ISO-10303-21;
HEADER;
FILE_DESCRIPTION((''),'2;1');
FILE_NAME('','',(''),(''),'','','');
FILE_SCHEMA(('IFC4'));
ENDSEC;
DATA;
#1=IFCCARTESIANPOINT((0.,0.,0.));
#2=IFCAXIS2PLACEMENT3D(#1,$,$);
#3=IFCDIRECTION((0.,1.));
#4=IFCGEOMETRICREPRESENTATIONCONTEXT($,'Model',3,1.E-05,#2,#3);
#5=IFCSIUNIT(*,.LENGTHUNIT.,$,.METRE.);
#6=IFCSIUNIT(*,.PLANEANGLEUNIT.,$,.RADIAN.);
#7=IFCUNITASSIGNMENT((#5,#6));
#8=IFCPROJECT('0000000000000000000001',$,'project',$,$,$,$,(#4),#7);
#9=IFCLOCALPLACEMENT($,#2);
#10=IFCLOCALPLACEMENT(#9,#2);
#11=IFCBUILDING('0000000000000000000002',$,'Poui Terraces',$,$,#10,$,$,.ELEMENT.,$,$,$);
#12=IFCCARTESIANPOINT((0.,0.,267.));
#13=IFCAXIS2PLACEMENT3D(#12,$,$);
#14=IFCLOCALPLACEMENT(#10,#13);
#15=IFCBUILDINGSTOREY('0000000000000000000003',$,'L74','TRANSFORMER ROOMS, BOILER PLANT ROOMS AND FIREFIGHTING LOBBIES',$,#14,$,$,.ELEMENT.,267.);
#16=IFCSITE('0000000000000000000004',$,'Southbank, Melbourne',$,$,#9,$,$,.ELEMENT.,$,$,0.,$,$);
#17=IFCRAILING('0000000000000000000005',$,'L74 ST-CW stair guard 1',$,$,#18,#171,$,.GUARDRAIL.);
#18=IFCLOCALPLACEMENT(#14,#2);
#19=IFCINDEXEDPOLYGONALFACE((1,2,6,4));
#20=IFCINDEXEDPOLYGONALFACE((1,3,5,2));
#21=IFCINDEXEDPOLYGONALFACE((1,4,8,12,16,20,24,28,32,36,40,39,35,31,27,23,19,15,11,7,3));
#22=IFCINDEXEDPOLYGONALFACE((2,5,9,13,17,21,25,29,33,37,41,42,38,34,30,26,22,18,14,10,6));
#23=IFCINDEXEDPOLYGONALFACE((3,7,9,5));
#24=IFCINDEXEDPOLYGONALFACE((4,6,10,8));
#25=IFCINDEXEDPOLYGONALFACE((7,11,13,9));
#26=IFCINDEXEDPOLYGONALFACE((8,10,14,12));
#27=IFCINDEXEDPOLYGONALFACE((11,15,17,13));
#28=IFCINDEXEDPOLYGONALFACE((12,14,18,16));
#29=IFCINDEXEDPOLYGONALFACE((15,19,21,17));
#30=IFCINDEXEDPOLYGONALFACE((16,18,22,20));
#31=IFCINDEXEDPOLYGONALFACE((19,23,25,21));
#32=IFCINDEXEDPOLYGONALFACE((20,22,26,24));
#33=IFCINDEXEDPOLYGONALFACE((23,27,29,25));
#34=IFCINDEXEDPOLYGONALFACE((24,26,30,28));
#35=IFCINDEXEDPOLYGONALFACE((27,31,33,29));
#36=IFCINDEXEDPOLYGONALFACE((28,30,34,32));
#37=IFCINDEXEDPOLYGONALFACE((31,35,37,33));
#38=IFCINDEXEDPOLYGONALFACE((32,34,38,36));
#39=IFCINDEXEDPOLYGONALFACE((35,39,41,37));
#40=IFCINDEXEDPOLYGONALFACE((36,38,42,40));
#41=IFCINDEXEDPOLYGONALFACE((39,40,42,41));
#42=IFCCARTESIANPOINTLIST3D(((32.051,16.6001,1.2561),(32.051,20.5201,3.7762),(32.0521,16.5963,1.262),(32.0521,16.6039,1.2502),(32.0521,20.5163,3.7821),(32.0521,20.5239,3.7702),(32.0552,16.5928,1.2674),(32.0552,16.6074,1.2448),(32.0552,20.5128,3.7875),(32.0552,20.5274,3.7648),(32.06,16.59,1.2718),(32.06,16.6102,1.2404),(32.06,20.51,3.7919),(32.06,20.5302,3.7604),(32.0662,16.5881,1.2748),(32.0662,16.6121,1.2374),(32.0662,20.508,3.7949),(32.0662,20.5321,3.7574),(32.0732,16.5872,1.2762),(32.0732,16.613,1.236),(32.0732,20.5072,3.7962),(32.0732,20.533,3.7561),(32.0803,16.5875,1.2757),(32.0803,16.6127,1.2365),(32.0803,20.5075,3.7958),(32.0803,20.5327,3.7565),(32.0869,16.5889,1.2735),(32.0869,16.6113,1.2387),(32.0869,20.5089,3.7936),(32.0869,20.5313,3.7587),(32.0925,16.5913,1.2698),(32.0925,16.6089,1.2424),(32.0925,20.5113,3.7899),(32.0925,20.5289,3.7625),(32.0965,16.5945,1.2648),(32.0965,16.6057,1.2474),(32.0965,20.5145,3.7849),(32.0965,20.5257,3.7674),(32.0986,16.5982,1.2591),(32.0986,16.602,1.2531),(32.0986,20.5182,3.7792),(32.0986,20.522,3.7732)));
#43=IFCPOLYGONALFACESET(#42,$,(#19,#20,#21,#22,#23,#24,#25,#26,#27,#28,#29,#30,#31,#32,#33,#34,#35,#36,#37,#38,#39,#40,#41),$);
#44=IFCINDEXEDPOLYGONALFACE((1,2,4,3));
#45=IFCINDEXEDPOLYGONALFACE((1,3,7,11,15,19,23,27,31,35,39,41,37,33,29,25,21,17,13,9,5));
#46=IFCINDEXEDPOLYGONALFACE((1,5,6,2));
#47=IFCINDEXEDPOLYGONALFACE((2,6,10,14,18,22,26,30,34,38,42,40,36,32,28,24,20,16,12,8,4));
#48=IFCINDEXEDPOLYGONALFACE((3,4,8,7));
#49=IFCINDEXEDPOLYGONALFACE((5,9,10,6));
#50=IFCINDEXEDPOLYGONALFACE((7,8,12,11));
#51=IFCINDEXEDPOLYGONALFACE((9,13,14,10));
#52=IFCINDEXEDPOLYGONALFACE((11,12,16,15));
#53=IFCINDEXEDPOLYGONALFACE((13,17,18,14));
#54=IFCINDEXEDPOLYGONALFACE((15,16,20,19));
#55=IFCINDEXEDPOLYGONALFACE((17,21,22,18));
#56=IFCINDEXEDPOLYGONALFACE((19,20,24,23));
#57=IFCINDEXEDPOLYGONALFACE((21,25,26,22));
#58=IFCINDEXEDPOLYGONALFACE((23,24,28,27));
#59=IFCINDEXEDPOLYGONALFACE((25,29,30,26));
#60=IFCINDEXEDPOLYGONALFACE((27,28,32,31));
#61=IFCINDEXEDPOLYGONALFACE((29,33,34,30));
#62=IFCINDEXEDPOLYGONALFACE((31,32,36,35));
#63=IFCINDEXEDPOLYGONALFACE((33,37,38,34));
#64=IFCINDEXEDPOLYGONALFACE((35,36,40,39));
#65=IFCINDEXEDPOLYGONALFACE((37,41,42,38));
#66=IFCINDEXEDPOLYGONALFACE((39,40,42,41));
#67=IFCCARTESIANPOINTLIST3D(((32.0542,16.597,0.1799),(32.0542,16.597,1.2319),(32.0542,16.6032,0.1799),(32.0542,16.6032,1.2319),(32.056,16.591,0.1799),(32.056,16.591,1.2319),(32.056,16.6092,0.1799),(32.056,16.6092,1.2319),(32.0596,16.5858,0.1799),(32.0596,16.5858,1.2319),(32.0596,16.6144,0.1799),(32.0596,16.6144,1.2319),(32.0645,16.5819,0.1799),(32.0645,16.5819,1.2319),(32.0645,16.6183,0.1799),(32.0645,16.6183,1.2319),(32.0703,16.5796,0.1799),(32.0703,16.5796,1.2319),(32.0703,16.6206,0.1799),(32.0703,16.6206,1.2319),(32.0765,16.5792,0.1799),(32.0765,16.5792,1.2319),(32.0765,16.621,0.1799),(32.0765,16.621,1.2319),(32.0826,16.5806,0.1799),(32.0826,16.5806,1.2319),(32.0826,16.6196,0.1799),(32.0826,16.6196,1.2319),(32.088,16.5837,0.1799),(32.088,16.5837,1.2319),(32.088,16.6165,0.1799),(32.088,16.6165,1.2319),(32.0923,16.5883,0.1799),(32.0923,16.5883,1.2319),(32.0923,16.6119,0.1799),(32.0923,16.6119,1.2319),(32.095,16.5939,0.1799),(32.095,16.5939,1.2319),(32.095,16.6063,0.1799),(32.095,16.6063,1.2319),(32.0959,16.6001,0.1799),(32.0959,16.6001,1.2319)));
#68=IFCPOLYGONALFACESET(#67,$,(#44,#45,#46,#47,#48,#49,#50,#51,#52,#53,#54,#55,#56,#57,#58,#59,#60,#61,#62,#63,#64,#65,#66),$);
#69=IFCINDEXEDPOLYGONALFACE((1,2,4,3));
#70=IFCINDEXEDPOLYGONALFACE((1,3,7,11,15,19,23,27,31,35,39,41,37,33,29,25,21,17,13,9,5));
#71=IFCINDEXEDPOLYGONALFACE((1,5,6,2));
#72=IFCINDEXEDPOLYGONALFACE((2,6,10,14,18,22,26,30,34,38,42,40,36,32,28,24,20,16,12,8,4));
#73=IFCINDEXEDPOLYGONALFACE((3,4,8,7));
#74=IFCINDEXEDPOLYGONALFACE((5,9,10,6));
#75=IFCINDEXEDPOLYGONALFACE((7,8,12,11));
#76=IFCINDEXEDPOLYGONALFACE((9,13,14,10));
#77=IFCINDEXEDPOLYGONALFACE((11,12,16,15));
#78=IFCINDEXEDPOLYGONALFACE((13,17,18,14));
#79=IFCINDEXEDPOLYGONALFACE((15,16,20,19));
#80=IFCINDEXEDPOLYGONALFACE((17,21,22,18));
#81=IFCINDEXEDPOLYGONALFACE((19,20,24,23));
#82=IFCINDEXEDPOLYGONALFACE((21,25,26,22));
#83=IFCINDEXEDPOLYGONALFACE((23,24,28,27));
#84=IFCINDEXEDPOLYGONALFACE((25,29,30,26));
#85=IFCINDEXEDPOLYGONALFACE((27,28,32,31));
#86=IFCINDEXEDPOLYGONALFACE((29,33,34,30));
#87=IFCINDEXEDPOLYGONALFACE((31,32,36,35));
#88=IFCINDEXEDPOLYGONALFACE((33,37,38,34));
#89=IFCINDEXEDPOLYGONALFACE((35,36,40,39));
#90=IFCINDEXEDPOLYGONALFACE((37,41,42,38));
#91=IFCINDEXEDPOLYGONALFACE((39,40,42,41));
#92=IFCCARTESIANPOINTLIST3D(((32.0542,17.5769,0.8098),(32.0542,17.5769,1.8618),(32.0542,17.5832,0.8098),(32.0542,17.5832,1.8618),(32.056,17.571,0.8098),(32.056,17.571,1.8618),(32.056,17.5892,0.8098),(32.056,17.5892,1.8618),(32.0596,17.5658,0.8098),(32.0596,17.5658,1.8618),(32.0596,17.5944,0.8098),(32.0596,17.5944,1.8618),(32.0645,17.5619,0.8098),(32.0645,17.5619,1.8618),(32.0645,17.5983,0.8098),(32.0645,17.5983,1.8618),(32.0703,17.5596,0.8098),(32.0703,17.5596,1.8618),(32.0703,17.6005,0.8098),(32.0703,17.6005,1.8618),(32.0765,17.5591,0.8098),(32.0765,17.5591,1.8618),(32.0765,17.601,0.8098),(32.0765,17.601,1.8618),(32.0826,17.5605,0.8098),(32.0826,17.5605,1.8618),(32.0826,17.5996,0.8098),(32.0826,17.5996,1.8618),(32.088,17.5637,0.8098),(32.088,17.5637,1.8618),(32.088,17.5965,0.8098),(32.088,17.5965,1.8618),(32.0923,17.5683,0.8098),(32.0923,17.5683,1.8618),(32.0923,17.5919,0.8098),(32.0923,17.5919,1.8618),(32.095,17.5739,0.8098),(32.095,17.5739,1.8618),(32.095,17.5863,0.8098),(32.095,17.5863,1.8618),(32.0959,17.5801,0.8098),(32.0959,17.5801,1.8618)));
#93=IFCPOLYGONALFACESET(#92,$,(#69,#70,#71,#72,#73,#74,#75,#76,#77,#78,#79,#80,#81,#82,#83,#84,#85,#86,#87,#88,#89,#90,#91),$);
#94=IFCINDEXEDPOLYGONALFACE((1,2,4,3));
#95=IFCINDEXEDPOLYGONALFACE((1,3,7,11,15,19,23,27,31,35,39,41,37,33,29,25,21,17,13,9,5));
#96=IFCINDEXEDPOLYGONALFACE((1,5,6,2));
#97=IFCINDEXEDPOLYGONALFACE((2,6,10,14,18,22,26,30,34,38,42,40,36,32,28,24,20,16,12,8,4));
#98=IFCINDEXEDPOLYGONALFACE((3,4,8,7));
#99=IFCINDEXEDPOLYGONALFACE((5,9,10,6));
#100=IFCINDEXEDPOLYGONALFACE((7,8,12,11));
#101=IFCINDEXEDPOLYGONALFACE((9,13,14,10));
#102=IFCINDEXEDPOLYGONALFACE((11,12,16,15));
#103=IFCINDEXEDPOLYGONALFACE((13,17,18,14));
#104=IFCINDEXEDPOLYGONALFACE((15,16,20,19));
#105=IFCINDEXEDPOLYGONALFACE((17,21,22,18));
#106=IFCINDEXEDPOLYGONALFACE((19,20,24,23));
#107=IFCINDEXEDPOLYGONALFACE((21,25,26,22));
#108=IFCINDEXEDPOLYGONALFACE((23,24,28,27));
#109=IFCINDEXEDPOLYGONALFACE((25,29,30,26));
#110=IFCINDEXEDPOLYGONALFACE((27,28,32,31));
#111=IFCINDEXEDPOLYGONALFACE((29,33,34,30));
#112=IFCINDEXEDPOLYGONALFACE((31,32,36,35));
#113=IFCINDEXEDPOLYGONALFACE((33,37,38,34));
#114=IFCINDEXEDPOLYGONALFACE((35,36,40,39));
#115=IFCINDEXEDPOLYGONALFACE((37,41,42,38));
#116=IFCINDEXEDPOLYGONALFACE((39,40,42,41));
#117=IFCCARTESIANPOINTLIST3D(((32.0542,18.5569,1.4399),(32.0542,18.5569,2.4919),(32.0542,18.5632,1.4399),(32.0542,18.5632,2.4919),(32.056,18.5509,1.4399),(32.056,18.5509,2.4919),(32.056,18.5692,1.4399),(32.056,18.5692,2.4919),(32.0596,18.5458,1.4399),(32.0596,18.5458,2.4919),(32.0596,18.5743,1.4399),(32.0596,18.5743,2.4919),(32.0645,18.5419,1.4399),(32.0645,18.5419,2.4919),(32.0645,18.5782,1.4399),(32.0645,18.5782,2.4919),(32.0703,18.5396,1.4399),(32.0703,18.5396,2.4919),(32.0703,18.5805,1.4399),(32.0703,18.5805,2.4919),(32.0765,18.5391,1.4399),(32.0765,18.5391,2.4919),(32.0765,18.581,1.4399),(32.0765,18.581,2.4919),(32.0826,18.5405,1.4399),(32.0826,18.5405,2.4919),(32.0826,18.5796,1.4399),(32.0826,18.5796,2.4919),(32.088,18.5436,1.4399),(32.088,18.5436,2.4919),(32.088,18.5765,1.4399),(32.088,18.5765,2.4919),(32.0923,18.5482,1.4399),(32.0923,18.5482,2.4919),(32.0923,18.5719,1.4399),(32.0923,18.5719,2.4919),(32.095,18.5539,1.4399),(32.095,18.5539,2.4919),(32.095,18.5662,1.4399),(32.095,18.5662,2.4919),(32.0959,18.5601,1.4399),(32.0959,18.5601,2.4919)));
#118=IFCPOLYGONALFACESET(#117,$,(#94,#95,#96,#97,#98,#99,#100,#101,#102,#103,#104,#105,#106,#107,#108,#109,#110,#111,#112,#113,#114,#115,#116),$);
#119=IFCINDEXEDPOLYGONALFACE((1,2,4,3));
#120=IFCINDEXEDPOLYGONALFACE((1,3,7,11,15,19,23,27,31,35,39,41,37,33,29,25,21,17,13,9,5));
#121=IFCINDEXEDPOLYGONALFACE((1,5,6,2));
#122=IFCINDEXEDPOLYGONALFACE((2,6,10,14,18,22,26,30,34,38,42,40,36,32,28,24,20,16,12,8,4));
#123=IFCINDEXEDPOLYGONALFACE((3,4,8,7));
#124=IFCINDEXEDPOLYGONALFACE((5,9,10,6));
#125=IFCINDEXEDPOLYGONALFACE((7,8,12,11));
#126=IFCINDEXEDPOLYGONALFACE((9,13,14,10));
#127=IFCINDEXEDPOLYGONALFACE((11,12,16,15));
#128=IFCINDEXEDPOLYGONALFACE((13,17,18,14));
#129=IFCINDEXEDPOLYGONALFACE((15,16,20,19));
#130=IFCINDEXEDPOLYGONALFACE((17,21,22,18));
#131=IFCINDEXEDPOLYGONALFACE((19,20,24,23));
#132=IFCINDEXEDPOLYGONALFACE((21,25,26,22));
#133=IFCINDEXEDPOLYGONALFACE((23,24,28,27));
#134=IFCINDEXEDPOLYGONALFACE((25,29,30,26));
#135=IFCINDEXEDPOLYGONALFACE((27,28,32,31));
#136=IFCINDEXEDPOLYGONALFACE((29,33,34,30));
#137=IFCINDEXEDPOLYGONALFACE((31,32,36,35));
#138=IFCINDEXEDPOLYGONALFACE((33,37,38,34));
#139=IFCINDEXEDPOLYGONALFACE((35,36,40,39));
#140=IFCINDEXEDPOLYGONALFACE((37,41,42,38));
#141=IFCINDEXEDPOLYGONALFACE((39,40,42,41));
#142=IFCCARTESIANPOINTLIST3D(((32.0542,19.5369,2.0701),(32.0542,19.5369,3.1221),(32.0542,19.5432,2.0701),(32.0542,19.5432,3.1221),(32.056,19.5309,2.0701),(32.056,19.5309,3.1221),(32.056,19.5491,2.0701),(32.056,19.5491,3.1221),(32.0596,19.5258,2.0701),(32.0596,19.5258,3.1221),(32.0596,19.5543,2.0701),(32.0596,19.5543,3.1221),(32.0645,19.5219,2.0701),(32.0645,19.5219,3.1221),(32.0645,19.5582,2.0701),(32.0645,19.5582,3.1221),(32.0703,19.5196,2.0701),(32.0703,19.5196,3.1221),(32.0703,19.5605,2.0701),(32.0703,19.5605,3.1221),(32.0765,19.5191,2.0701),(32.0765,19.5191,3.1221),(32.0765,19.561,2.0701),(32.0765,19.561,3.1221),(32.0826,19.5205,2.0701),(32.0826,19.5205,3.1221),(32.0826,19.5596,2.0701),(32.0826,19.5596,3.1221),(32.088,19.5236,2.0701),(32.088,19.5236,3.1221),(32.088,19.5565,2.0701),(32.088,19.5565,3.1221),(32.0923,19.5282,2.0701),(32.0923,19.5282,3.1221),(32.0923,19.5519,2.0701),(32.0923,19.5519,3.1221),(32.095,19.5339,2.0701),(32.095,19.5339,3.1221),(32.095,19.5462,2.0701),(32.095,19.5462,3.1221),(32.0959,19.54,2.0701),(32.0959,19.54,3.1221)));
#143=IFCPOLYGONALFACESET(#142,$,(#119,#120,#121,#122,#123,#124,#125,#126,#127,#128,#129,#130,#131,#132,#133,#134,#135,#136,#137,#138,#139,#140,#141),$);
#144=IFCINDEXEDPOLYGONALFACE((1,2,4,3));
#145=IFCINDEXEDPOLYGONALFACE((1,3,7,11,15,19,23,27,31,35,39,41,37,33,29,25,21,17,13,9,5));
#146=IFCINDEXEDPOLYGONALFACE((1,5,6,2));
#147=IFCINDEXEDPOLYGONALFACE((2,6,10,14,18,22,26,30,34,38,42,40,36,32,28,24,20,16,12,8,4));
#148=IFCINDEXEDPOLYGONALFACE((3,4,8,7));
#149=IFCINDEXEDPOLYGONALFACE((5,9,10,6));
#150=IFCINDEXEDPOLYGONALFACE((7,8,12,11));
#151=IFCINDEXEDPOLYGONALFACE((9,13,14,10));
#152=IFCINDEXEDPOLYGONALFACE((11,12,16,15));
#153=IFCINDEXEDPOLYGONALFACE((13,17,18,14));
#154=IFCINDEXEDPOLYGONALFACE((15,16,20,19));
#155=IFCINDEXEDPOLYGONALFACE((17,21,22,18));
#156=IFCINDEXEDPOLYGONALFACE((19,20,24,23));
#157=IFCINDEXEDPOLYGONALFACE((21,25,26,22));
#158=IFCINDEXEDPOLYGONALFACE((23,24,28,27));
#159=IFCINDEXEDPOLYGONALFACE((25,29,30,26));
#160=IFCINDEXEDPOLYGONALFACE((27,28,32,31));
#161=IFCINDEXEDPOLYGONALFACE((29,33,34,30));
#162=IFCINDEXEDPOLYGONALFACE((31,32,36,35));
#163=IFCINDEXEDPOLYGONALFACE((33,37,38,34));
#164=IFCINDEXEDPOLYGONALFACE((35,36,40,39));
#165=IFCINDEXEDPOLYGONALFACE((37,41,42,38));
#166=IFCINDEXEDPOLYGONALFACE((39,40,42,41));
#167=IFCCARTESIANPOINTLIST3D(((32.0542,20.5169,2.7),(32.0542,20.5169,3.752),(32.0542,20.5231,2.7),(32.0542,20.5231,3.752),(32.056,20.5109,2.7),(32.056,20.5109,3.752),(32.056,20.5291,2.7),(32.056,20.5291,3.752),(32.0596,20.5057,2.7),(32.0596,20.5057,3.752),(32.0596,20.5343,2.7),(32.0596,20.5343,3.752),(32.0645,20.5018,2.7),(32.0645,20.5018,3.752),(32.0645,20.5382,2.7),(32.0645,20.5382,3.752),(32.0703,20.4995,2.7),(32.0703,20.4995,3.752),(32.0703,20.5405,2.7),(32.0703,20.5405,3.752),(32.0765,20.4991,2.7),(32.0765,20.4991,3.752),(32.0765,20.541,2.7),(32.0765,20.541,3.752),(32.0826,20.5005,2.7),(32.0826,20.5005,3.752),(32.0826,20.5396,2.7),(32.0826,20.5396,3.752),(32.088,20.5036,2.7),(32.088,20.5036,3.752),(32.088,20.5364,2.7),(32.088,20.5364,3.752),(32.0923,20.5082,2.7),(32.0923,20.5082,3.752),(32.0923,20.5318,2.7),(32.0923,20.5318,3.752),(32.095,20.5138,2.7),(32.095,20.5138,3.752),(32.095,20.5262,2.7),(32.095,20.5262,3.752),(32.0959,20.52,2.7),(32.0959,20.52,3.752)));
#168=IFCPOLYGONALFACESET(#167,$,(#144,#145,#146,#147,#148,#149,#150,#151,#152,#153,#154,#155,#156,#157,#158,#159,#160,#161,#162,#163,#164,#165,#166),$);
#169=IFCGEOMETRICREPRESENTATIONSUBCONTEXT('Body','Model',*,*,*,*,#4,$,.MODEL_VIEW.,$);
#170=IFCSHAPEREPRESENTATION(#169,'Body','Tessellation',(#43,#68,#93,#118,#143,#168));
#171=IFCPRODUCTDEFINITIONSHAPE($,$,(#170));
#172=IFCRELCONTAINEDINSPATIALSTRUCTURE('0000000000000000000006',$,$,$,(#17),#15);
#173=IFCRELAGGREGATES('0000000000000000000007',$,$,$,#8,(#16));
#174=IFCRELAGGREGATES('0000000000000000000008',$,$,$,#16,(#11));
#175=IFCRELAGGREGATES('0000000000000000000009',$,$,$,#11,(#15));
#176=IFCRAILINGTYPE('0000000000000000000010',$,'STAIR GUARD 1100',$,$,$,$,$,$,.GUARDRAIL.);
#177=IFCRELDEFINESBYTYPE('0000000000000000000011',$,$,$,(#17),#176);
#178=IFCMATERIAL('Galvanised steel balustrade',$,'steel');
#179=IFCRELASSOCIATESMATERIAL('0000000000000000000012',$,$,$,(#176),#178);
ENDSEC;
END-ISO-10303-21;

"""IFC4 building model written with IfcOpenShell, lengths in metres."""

from ifc_helpers import new_model, si_unit, direction, frame, origin, origin_2d, place, context, subcontext, project, spatial, circle, extrude, material, type_object, element, save


model = new_model("IFC4")

# Units and contexts
model_context = context("Model", 3, precision=1e-05, world=origin(), true_north=direction((0.0, 1.0)))
body_context = subcontext(model_context, "Body", "Model", "MODEL_VIEW")
ifc_project = project(units=[si_unit("LENGTHUNIT", "METRE"), si_unit("PLANEANGLEUNIT", "RADIAN")], contexts=[model_context])

# Site, building, storey
site_placement = place(None, origin())
site = spatial("IfcSite", under=ifc_project, at=site_placement, Name="Southbank, Melbourne", CompositionType="ELEMENT", RefElevation=0.0)
building_placement = place(site_placement, origin())
building = spatial("IfcBuilding", under=site, at=building_placement, Name="Poui Terraces", CompositionType="ELEMENT")
storey_placement = place(building_placement, frame((0.0, 0.0, 267.0)))
storey = spatial("IfcBuildingStorey", under=building, at=storey_placement, Name="L74", Description="TRANSFORMER ROOMS, BOILER PLANT ROOMS AND FIREFIGHTING LOBBIES", CompositionType="ELEMENT", Elevation=267.0)

# Railing
ifc_material_1 = material(Name="Galvanised steel balustrade", Category="steel")
railing_type_1 = type_object("IfcRailingType", Name="STAIR GUARD 1100", PredefinedType="GUARDRAIL", material=ifc_material_1)
railing_1_placement = place(storey_placement, frame((32.075, 16.6001, 0.1799)))
element("IfcRailing", 1, at=railing_1_placement, inside=storey, type_object=railing_type_1, Name="L74 ST-CW stair guard 1", PredefinedType="GUARDRAIL", context=body_context, shape_type="SweptSolid", body=[
    extrude(circle(Radius=0.0239, at=origin_2d()), frame((0.0, 0.0, 1.0762), z_axis=(0.0, 0.841172, 0.540768), x_axis=(-1.0, 0.0, 0.0)), (0.0, 0.0, 1.0), 4.6602),
    extrude(circle(Radius=0.021, at=origin_2d()), origin(), (0.0, 0.0, 1.0), 1.052),
    extrude(circle(Radius=0.021, at=origin_2d()), frame((0.0, 0.98, 0.6299)), (0.0, 0.0, 1.0), 1.052),
    extrude(circle(Radius=0.021, at=origin_2d()), frame((0.0, 1.96, 1.26)), (0.0, 0.0, 1.0), 1.052),
    extrude(circle(Radius=0.021, at=origin_2d()), frame((0.0, 2.9399, 1.8901)), (0.0, 0.0, 1.0), 1.052),
    extrude(circle(Radius=0.021, at=origin_2d()), frame((0.0, 3.9199, 2.52)), (0.0, 0.0, 1.0), 1.052),
])

save(model, "model.ifc")
